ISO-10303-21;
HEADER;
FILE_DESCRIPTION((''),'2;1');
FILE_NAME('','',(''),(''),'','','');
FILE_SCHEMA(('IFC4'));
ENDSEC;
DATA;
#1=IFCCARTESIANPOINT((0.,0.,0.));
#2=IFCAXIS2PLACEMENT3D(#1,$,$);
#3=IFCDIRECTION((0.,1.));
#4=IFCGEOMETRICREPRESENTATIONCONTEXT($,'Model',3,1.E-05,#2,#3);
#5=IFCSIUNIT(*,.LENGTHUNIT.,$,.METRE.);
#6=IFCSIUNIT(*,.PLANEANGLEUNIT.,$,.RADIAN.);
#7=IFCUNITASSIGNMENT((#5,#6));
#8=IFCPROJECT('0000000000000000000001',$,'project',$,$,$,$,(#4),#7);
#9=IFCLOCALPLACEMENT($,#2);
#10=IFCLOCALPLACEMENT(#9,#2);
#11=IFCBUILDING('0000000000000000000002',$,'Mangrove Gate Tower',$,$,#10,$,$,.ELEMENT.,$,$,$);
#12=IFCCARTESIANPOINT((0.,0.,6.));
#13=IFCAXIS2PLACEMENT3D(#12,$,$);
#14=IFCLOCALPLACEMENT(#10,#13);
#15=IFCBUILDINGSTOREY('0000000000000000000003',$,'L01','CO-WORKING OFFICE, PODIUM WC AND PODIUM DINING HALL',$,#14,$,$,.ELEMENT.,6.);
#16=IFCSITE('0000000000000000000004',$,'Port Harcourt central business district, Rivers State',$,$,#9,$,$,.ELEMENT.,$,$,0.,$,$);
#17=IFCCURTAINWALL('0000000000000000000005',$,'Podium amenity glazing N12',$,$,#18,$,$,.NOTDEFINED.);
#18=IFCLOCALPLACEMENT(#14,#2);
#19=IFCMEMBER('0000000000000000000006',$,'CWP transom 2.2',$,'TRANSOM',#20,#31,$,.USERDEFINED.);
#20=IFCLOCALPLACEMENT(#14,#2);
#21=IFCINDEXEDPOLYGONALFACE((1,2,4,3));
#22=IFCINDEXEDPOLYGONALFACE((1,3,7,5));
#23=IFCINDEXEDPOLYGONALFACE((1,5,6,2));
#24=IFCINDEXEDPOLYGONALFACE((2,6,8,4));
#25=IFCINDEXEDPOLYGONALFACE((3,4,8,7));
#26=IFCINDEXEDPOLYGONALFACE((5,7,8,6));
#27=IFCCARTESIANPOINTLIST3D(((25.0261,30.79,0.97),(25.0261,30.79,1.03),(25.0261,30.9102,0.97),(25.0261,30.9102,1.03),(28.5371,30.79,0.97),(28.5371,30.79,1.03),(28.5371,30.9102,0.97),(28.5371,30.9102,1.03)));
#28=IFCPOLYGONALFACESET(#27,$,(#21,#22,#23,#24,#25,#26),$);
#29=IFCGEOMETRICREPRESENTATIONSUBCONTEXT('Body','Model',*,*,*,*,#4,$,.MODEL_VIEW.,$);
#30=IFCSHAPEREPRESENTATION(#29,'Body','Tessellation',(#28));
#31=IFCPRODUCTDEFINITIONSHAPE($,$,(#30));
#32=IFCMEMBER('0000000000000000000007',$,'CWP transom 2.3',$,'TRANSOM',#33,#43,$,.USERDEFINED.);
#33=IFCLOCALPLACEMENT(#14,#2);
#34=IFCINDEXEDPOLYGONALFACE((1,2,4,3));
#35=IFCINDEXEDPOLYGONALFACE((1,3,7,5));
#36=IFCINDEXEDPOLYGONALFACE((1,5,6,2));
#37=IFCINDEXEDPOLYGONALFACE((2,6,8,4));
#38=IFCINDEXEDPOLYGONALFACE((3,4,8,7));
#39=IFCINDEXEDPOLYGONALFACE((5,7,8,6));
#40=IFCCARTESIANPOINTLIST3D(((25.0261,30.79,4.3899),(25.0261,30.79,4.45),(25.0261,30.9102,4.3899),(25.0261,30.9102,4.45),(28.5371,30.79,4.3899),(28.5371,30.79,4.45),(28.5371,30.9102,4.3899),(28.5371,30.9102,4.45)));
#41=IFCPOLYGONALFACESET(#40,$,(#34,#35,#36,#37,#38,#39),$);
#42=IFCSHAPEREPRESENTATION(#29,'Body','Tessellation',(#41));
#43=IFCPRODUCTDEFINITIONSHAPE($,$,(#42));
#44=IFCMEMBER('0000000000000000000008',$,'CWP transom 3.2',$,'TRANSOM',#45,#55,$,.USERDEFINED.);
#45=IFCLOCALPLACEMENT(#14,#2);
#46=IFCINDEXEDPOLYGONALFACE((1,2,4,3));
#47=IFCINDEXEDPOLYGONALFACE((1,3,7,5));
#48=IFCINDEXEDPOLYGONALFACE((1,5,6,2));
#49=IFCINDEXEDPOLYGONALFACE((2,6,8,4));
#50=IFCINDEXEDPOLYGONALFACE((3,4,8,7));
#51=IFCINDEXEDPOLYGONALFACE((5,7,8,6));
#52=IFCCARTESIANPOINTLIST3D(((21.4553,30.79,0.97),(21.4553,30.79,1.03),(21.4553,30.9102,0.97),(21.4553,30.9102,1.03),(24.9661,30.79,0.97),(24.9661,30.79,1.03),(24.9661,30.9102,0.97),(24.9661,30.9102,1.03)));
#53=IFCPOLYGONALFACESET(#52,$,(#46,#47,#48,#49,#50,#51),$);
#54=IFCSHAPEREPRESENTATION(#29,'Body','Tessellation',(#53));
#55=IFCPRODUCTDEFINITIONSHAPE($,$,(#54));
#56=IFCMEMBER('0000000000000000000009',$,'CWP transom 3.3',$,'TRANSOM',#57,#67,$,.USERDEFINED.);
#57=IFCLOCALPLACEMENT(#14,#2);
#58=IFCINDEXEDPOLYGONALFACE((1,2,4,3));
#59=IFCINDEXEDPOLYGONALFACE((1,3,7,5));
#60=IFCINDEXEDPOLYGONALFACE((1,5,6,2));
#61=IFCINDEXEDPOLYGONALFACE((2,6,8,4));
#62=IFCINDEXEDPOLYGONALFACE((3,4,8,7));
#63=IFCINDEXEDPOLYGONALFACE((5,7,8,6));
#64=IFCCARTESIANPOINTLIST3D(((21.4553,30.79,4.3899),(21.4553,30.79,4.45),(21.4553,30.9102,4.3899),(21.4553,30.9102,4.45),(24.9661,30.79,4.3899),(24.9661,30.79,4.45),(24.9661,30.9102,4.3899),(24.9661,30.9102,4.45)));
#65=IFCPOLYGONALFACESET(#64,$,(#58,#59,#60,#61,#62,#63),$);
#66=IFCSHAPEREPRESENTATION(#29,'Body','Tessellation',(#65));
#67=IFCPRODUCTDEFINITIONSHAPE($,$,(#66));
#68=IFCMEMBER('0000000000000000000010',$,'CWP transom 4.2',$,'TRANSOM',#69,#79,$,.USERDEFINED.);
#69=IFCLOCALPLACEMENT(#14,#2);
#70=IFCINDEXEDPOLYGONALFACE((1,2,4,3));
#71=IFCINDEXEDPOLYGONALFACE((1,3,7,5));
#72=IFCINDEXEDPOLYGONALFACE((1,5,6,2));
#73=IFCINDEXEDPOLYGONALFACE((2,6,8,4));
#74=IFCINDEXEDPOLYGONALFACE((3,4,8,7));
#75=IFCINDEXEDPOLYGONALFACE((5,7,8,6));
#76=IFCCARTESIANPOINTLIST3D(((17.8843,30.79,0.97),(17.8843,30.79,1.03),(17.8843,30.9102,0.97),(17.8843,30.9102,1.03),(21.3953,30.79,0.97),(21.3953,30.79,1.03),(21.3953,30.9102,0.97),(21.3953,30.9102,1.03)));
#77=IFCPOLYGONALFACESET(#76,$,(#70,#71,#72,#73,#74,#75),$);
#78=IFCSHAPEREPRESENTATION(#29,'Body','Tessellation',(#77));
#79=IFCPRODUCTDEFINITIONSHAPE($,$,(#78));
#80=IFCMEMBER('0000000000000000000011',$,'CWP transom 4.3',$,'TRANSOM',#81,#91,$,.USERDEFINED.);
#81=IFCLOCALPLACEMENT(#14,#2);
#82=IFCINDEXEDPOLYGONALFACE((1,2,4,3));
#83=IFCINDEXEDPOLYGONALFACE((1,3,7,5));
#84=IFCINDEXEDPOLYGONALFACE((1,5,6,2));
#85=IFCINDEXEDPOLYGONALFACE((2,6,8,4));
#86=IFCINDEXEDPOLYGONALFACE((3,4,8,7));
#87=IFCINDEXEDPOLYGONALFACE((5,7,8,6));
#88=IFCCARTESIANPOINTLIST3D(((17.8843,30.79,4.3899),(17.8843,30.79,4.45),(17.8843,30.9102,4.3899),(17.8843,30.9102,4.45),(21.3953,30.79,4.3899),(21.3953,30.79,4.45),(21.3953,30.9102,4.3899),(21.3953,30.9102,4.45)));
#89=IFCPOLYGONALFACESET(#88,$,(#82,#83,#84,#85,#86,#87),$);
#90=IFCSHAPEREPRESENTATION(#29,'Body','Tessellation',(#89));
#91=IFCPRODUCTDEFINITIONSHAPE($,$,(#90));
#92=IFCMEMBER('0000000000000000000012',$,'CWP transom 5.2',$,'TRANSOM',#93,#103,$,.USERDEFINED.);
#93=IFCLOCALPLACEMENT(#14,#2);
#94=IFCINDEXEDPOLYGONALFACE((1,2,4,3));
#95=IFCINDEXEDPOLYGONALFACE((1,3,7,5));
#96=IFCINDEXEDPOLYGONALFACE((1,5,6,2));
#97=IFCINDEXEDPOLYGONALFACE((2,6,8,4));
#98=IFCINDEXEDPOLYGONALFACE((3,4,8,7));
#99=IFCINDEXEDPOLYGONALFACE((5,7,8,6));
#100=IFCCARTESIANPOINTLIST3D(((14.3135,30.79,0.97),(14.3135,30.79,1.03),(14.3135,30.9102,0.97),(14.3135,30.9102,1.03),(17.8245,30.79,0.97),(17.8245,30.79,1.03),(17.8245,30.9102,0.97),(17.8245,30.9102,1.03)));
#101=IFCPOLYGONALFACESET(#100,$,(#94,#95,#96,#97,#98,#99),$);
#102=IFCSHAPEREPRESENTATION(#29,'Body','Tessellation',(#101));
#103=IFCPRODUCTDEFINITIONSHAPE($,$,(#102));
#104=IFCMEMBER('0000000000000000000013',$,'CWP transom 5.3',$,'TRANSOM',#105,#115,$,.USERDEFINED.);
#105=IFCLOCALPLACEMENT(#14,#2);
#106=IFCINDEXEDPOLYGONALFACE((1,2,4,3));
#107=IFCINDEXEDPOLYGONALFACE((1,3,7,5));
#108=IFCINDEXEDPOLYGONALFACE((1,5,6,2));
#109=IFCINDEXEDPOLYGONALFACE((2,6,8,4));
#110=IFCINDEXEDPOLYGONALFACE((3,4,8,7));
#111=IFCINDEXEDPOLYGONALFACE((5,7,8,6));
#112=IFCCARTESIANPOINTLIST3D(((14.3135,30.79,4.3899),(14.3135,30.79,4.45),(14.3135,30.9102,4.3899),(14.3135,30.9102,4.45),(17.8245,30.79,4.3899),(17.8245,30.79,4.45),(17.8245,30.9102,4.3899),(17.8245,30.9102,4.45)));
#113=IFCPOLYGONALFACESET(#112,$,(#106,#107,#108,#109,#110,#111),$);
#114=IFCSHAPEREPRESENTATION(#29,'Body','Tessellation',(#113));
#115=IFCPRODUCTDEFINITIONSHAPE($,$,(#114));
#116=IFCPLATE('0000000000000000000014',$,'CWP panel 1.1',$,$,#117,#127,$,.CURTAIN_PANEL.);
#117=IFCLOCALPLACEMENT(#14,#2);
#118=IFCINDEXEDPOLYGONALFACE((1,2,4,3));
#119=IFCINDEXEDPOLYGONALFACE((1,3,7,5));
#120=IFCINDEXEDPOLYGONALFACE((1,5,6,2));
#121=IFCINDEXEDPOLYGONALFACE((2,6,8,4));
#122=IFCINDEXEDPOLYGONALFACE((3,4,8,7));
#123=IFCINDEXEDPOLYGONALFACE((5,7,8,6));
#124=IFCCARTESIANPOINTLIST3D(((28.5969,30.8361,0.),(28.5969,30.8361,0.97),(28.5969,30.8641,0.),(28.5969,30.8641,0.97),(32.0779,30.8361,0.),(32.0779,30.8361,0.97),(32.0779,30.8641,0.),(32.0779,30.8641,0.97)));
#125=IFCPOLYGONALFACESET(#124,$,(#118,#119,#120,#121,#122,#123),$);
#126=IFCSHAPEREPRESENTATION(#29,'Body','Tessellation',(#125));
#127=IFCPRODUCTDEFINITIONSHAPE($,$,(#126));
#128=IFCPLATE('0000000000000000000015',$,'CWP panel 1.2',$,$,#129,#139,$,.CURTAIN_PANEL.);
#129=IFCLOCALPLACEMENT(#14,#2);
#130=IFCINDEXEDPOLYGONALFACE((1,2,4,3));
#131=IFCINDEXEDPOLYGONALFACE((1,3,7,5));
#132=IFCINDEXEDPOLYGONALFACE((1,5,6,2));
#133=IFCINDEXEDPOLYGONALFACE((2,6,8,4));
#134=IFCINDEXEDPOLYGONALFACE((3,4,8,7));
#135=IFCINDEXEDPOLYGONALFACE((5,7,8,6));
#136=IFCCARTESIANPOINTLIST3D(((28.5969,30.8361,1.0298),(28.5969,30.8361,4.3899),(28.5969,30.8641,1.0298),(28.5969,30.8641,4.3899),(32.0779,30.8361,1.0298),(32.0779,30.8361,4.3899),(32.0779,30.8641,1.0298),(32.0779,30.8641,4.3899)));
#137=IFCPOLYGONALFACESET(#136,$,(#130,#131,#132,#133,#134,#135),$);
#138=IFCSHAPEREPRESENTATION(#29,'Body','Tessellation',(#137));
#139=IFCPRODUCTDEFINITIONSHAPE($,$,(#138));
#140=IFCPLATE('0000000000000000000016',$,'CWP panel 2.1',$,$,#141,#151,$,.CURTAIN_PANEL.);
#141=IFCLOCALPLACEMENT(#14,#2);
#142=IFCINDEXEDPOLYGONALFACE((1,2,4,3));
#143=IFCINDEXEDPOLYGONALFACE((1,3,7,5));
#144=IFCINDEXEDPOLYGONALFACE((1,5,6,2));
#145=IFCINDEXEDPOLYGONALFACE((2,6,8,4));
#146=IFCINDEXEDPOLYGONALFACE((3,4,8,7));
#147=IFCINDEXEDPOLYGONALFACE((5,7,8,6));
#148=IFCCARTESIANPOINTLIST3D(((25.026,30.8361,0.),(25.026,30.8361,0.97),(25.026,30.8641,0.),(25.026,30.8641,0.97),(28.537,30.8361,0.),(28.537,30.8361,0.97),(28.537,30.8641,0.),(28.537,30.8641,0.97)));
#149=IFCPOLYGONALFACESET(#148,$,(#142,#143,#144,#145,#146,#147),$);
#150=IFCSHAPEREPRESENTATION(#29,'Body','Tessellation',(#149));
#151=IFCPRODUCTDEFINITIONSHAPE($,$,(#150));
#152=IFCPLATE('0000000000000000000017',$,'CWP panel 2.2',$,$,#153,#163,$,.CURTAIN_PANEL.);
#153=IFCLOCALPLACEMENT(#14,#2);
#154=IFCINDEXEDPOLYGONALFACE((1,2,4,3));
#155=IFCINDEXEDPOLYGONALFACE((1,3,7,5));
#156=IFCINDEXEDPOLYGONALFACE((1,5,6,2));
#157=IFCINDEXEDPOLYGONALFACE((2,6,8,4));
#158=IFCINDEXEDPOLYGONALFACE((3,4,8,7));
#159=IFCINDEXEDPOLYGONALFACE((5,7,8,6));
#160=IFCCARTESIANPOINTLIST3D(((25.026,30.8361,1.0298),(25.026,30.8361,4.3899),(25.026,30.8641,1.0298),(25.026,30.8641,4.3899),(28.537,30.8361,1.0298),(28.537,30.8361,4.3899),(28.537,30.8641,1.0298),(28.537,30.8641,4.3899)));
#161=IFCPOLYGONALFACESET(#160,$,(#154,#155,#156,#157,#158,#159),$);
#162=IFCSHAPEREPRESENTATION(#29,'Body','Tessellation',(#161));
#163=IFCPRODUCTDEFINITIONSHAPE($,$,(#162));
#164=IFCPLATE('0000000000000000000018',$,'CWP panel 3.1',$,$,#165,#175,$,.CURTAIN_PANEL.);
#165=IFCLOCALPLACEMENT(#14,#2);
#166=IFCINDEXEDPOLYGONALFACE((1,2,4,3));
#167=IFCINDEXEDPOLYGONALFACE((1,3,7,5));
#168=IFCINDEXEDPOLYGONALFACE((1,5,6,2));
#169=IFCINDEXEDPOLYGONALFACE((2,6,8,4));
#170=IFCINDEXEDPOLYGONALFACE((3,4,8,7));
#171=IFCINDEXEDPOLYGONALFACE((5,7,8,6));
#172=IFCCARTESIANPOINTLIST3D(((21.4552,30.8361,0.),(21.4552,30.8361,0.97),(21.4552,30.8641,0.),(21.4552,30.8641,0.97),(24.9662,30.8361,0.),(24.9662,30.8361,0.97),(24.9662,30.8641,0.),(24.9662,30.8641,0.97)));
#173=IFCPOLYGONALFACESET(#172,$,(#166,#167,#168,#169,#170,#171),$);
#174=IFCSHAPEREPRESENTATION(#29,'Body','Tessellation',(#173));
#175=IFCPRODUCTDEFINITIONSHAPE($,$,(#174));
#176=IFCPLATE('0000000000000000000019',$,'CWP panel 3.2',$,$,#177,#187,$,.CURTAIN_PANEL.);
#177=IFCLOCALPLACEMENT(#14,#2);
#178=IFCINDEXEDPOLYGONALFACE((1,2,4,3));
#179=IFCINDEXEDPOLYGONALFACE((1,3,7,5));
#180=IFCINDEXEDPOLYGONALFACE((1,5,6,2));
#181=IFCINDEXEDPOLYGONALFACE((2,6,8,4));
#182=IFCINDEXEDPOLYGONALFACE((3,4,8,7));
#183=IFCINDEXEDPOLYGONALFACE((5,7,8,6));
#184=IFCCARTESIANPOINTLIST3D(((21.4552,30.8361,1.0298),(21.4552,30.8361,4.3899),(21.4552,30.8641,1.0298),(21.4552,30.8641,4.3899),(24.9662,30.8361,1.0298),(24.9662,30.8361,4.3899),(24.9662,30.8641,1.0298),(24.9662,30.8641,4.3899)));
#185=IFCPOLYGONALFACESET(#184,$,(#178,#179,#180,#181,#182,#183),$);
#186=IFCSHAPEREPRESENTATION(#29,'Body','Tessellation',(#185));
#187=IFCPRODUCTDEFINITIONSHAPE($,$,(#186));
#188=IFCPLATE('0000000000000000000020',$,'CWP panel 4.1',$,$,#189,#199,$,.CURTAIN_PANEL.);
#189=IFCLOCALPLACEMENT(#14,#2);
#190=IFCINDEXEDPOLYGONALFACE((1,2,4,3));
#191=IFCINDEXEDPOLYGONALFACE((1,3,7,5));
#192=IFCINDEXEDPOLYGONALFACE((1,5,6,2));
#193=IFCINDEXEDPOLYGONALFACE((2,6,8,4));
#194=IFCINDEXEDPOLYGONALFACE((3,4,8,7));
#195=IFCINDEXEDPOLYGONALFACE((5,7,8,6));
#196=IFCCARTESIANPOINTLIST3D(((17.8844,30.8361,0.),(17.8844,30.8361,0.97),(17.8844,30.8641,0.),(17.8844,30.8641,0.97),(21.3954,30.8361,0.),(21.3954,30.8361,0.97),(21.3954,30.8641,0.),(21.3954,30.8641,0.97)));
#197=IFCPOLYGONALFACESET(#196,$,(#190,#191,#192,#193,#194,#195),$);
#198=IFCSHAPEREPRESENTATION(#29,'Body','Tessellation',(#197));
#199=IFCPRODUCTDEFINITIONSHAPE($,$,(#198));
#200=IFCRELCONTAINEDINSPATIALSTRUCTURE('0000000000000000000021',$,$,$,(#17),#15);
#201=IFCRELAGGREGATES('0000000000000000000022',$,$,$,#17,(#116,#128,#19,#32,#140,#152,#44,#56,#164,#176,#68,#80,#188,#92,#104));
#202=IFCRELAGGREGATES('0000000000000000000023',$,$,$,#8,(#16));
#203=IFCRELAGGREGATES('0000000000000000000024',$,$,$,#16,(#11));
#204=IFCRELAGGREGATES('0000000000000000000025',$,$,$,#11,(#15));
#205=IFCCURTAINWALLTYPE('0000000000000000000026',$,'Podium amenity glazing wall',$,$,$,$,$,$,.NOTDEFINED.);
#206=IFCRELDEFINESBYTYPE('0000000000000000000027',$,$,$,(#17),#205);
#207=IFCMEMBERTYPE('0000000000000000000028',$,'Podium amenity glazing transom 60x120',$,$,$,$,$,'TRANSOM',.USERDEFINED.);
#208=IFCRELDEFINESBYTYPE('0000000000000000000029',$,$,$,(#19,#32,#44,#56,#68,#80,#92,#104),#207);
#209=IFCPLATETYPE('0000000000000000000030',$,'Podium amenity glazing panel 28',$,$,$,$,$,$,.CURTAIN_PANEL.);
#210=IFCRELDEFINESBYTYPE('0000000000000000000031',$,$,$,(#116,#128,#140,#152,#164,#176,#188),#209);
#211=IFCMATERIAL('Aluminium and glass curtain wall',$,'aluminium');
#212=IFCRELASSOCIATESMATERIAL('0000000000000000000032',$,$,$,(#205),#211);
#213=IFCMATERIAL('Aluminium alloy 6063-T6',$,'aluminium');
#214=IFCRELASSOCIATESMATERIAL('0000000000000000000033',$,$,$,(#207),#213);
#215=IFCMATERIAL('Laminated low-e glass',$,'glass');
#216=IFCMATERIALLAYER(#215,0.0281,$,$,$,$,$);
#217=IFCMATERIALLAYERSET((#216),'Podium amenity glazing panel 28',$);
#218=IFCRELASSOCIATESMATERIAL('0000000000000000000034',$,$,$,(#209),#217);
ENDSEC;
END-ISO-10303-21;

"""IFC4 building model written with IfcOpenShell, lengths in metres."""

from ifc_helpers import new_model, si_unit, direction, frame, origin, origin_2d, place, context, subcontext, project, spatial, rectangle, extrude, material, layer, layer_set, material_profile, profile_set, type_object, element, aggregate, save


model = new_model("IFC4")

# Units and contexts
model_context = context("Model", 3, precision=1e-05, world=origin(), true_north=direction((0.0, 1.0)))
body_context = subcontext(model_context, "Body", "Model", "MODEL_VIEW")
ifc_project = project(units=[si_unit("LENGTHUNIT", "METRE"), si_unit("PLANEANGLEUNIT", "RADIAN")], contexts=[model_context])

# Site, building, storey
site_placement = place(None, origin())
site = spatial("IfcSite", under=ifc_project, at=site_placement, Name="Port Harcourt central business district, Rivers State", CompositionType="ELEMENT", RefElevation=0.0)
building_placement = place(site_placement, origin())
building = spatial("IfcBuilding", under=site, at=building_placement, Name="Mangrove Gate Tower", CompositionType="ELEMENT")
storey_placement = place(building_placement, frame((0.0, 0.0, 6.0)))
storey = spatial("IfcBuildingStorey", under=building, at=storey_placement, Name="L01", Description="CO-WORKING OFFICE, PODIUM WC AND PODIUM DINING HALL", CompositionType="ELEMENT", Elevation=6.0)

# Curtain wall, members, plates
ifc_material_1 = material(Name="Aluminium and glass curtain wall", Category="aluminium")
curtain_wall_type = type_object("IfcCurtainWallType", Name="Podium amenity glazing wall", PredefinedType="NOTDEFINED", material=ifc_material_1)
curtain_wall_placement = place(storey_placement, origin())
curtain_wall = element("IfcCurtainWall", 1, at=curtain_wall_placement, inside=storey, type_object=curtain_wall_type, Name="Podium amenity glazing N12", PredefinedType="NOTDEFINED")
ifc_material_2 = material(Name="Aluminium alloy 6063-T6", Category="aluminium")
ifc_material_profile_1 = material_profile(ifc_material_2, rectangle(XDim=0.0601, YDim=0.1201, at=origin_2d()))
ifc_profile_set_1 = profile_set([ifc_material_profile_1], Name="Aluminium alloy 6063-T6")
member_type_1 = type_object("IfcMemberType", Name="Podium amenity glazing transom 60x120", ElementType="TRANSOM", PredefinedType="USERDEFINED", material=ifc_profile_set_1)
member_1_placement = place(storey_placement, frame((28.5371, 30.8501, 1.0), z_axis=(-1.0, 0.0, 0.0), x_axis=(0.0, 0.0, 1.0)))
member_1 = element("IfcMember", 2, at=member_1_placement, type_object=member_type_1, Name="CWP transom 2.2", ObjectType="TRANSOM", PredefinedType="USERDEFINED", context=body_context, shape_type="SweptSolid", body=[
    extrude(rectangle(XDim=0.0601, YDim=0.1201, at=origin_2d()), origin(), (0.0, 0.0, 1.0), 3.511),
])
member_2_placement = place(storey_placement, frame((28.5371, 30.8501, 4.4199), z_axis=(-1.0, 0.0, 0.0), x_axis=(0.0, 0.0, 1.0)))
member_2 = element("IfcMember", 3, at=member_2_placement, type_object=member_type_1, Name="CWP transom 2.3", ObjectType="TRANSOM", PredefinedType="USERDEFINED", context=body_context, shape_type="SweptSolid", body=[
    extrude(rectangle(XDim=0.0601, YDim=0.1201, at=origin_2d()), origin(), (0.0, 0.0, 1.0), 3.511),
])
member_3_placement = place(storey_placement, frame((24.9661, 30.8501, 1.0), z_axis=(-1.0, 0.0, 0.0), x_axis=(0.0, 0.0, 1.0)))
member_3 = element("IfcMember", 4, at=member_3_placement, type_object=member_type_1, Name="CWP transom 3.2", ObjectType="TRANSOM", PredefinedType="USERDEFINED", context=body_context, shape_type="SweptSolid", body=[
    extrude(rectangle(XDim=0.0601, YDim=0.1201, at=origin_2d()), origin(), (0.0, 0.0, 1.0), 3.5107),
])
member_4_placement = place(storey_placement, frame((24.9661, 30.8501, 4.4199), z_axis=(-1.0, 0.0, 0.0), x_axis=(0.0, 0.0, 1.0)))
member_4 = element("IfcMember", 5, at=member_4_placement, type_object=member_type_1, Name="CWP transom 3.3", ObjectType="TRANSOM", PredefinedType="USERDEFINED", context=body_context, shape_type="SweptSolid", body=[
    extrude(rectangle(XDim=0.0601, YDim=0.1201, at=origin_2d()), origin(), (0.0, 0.0, 1.0), 3.5107),
])
member_5_placement = place(storey_placement, frame((21.3953, 30.8501, 1.0), z_axis=(-1.0, 0.0, 0.0), x_axis=(0.0, 0.0, 1.0)))
member_5 = element("IfcMember", 6, at=member_5_placement, type_object=member_type_1, Name="CWP transom 4.2", ObjectType="TRANSOM", PredefinedType="USERDEFINED", context=body_context, shape_type="SweptSolid", body=[
    extrude(rectangle(XDim=0.0601, YDim=0.1201, at=origin_2d()), origin(), (0.0, 0.0, 1.0), 3.511),
])
member_6_placement = place(storey_placement, frame((21.3953, 30.8501, 4.4199), z_axis=(-1.0, 0.0, 0.0), x_axis=(0.0, 0.0, 1.0)))
member_6 = element("IfcMember", 7, at=member_6_placement, type_object=member_type_1, Name="CWP transom 4.3", ObjectType="TRANSOM", PredefinedType="USERDEFINED", context=body_context, shape_type="SweptSolid", body=[
    extrude(rectangle(XDim=0.0601, YDim=0.1201, at=origin_2d()), origin(), (0.0, 0.0, 1.0), 3.511),
])
member_7_placement = place(storey_placement, frame((17.8245, 30.8501, 1.0), z_axis=(-1.0, 0.0, 0.0), x_axis=(0.0, 0.0, 1.0)))
member_7 = element("IfcMember", 8, at=member_7_placement, type_object=member_type_1, Name="CWP transom 5.2", ObjectType="TRANSOM", PredefinedType="USERDEFINED", context=body_context, shape_type="SweptSolid", body=[
    extrude(rectangle(XDim=0.0601, YDim=0.1201, at=origin_2d()), origin(), (0.0, 0.0, 1.0), 3.511),
])
member_8_placement = place(storey_placement, frame((17.8245, 30.8501, 4.4199), z_axis=(-1.0, 0.0, 0.0), x_axis=(0.0, 0.0, 1.0)))
member_8 = element("IfcMember", 9, at=member_8_placement, type_object=member_type_1, Name="CWP transom 5.3", ObjectType="TRANSOM", PredefinedType="USERDEFINED", context=body_context, shape_type="SweptSolid", body=[
    extrude(rectangle(XDim=0.0601, YDim=0.1201, at=origin_2d()), origin(), (0.0, 0.0, 1.0), 3.511),
])
ifc_material_3 = material(Name="Laminated low-e glass", Category="glass")
ifc_layer_1 = layer(ifc_material_3, 0.0281)
ifc_layer_set_1 = layer_set([ifc_layer_1], Name="Podium amenity glazing panel 28")
plate_type = type_object("IfcPlateType", Name="Podium amenity glazing panel 28", PredefinedType="CURTAIN_PANEL", material=ifc_layer_set_1)
plate_1_placement = place(storey_placement, frame((30.3374, 30.8501, 0.0), z_axis=(0.0, 0.0, 1.0), x_axis=(-1.0, 0.0, 0.0)))
plate_1 = element("IfcPlate", 10, at=plate_1_placement, type_object=plate_type, Name="CWP panel 1.1", PredefinedType="CURTAIN_PANEL", context=body_context, shape_type="SweptSolid", body=[
    extrude(rectangle(XDim=3.481, YDim=0.0281, at=origin_2d()), origin(), (0.0, 0.0, 1.0), 0.97),
])
plate_2_placement = place(storey_placement, frame((30.3374, 30.8501, 1.0298), z_axis=(0.0, 0.0, 1.0), x_axis=(-1.0, 0.0, 0.0)))
plate_2 = element("IfcPlate", 11, at=plate_2_placement, type_object=plate_type, Name="CWP panel 1.2", PredefinedType="CURTAIN_PANEL", context=body_context, shape_type="SweptSolid", body=[
    extrude(rectangle(XDim=3.481, YDim=0.0281, at=origin_2d()), origin(), (0.0, 0.0, 1.0), 3.3601),
])
plate_3_placement = place(storey_placement, frame((26.7815, 30.8501, 0.0), z_axis=(0.0, 0.0, 1.0), x_axis=(-1.0, 0.0, 0.0)))
plate_3 = element("IfcPlate", 12, at=plate_3_placement, type_object=plate_type, Name="CWP panel 2.1", PredefinedType="CURTAIN_PANEL", context=body_context, shape_type="SweptSolid", body=[
    extrude(rectangle(XDim=3.511, YDim=0.0281, at=origin_2d()), origin(), (0.0, 0.0, 1.0), 0.97),
])
plate_4_placement = place(storey_placement, frame((26.7815, 30.8501, 1.0298), z_axis=(0.0, 0.0, 1.0), x_axis=(-1.0, 0.0, 0.0)))
plate_4 = element("IfcPlate", 13, at=plate_4_placement, type_object=plate_type, Name="CWP panel 2.2", PredefinedType="CURTAIN_PANEL", context=body_context, shape_type="SweptSolid", body=[
    extrude(rectangle(XDim=3.511, YDim=0.0281, at=origin_2d()), origin(), (0.0, 0.0, 1.0), 3.3601),
])
plate_5_placement = place(storey_placement, frame((23.2107, 30.8501, 0.0), z_axis=(0.0, 0.0, 1.0), x_axis=(-1.0, 0.0, 0.0)))
plate_5 = element("IfcPlate", 14, at=plate_5_placement, type_object=plate_type, Name="CWP panel 3.1", PredefinedType="CURTAIN_PANEL", context=body_context, shape_type="SweptSolid", body=[
    extrude(rectangle(XDim=3.511, YDim=0.0281, at=origin_2d()), origin(), (0.0, 0.0, 1.0), 0.97),
])
plate_6_placement = place(storey_placement, frame((23.2107, 30.8501, 1.0298), z_axis=(0.0, 0.0, 1.0), x_axis=(-1.0, 0.0, 0.0)))
plate_6 = element("IfcPlate", 15, at=plate_6_placement, type_object=plate_type, Name="CWP panel 3.2", PredefinedType="CURTAIN_PANEL", context=body_context, shape_type="SweptSolid", body=[
    extrude(rectangle(XDim=3.511, YDim=0.0281, at=origin_2d()), origin(), (0.0, 0.0, 1.0), 3.3601),
])
plate_7_placement = place(storey_placement, frame((19.6399, 30.8501, 0.0), z_axis=(0.0, 0.0, 1.0), x_axis=(-1.0, 0.0, 0.0)))
plate_7 = element("IfcPlate", 16, at=plate_7_placement, type_object=plate_type, Name="CWP panel 4.1", PredefinedType="CURTAIN_PANEL", context=body_context, shape_type="SweptSolid", body=[
    extrude(rectangle(XDim=3.511, YDim=0.0281, at=origin_2d()), origin(), (0.0, 0.0, 1.0), 0.97),
])
aggregate(curtain_wall, [plate_1, plate_2, member_1, member_2, plate_3, plate_4, member_3, member_4, plate_5, plate_6, member_5, member_6, plate_7, member_7, member_8])

save(model, "model.ifc")
